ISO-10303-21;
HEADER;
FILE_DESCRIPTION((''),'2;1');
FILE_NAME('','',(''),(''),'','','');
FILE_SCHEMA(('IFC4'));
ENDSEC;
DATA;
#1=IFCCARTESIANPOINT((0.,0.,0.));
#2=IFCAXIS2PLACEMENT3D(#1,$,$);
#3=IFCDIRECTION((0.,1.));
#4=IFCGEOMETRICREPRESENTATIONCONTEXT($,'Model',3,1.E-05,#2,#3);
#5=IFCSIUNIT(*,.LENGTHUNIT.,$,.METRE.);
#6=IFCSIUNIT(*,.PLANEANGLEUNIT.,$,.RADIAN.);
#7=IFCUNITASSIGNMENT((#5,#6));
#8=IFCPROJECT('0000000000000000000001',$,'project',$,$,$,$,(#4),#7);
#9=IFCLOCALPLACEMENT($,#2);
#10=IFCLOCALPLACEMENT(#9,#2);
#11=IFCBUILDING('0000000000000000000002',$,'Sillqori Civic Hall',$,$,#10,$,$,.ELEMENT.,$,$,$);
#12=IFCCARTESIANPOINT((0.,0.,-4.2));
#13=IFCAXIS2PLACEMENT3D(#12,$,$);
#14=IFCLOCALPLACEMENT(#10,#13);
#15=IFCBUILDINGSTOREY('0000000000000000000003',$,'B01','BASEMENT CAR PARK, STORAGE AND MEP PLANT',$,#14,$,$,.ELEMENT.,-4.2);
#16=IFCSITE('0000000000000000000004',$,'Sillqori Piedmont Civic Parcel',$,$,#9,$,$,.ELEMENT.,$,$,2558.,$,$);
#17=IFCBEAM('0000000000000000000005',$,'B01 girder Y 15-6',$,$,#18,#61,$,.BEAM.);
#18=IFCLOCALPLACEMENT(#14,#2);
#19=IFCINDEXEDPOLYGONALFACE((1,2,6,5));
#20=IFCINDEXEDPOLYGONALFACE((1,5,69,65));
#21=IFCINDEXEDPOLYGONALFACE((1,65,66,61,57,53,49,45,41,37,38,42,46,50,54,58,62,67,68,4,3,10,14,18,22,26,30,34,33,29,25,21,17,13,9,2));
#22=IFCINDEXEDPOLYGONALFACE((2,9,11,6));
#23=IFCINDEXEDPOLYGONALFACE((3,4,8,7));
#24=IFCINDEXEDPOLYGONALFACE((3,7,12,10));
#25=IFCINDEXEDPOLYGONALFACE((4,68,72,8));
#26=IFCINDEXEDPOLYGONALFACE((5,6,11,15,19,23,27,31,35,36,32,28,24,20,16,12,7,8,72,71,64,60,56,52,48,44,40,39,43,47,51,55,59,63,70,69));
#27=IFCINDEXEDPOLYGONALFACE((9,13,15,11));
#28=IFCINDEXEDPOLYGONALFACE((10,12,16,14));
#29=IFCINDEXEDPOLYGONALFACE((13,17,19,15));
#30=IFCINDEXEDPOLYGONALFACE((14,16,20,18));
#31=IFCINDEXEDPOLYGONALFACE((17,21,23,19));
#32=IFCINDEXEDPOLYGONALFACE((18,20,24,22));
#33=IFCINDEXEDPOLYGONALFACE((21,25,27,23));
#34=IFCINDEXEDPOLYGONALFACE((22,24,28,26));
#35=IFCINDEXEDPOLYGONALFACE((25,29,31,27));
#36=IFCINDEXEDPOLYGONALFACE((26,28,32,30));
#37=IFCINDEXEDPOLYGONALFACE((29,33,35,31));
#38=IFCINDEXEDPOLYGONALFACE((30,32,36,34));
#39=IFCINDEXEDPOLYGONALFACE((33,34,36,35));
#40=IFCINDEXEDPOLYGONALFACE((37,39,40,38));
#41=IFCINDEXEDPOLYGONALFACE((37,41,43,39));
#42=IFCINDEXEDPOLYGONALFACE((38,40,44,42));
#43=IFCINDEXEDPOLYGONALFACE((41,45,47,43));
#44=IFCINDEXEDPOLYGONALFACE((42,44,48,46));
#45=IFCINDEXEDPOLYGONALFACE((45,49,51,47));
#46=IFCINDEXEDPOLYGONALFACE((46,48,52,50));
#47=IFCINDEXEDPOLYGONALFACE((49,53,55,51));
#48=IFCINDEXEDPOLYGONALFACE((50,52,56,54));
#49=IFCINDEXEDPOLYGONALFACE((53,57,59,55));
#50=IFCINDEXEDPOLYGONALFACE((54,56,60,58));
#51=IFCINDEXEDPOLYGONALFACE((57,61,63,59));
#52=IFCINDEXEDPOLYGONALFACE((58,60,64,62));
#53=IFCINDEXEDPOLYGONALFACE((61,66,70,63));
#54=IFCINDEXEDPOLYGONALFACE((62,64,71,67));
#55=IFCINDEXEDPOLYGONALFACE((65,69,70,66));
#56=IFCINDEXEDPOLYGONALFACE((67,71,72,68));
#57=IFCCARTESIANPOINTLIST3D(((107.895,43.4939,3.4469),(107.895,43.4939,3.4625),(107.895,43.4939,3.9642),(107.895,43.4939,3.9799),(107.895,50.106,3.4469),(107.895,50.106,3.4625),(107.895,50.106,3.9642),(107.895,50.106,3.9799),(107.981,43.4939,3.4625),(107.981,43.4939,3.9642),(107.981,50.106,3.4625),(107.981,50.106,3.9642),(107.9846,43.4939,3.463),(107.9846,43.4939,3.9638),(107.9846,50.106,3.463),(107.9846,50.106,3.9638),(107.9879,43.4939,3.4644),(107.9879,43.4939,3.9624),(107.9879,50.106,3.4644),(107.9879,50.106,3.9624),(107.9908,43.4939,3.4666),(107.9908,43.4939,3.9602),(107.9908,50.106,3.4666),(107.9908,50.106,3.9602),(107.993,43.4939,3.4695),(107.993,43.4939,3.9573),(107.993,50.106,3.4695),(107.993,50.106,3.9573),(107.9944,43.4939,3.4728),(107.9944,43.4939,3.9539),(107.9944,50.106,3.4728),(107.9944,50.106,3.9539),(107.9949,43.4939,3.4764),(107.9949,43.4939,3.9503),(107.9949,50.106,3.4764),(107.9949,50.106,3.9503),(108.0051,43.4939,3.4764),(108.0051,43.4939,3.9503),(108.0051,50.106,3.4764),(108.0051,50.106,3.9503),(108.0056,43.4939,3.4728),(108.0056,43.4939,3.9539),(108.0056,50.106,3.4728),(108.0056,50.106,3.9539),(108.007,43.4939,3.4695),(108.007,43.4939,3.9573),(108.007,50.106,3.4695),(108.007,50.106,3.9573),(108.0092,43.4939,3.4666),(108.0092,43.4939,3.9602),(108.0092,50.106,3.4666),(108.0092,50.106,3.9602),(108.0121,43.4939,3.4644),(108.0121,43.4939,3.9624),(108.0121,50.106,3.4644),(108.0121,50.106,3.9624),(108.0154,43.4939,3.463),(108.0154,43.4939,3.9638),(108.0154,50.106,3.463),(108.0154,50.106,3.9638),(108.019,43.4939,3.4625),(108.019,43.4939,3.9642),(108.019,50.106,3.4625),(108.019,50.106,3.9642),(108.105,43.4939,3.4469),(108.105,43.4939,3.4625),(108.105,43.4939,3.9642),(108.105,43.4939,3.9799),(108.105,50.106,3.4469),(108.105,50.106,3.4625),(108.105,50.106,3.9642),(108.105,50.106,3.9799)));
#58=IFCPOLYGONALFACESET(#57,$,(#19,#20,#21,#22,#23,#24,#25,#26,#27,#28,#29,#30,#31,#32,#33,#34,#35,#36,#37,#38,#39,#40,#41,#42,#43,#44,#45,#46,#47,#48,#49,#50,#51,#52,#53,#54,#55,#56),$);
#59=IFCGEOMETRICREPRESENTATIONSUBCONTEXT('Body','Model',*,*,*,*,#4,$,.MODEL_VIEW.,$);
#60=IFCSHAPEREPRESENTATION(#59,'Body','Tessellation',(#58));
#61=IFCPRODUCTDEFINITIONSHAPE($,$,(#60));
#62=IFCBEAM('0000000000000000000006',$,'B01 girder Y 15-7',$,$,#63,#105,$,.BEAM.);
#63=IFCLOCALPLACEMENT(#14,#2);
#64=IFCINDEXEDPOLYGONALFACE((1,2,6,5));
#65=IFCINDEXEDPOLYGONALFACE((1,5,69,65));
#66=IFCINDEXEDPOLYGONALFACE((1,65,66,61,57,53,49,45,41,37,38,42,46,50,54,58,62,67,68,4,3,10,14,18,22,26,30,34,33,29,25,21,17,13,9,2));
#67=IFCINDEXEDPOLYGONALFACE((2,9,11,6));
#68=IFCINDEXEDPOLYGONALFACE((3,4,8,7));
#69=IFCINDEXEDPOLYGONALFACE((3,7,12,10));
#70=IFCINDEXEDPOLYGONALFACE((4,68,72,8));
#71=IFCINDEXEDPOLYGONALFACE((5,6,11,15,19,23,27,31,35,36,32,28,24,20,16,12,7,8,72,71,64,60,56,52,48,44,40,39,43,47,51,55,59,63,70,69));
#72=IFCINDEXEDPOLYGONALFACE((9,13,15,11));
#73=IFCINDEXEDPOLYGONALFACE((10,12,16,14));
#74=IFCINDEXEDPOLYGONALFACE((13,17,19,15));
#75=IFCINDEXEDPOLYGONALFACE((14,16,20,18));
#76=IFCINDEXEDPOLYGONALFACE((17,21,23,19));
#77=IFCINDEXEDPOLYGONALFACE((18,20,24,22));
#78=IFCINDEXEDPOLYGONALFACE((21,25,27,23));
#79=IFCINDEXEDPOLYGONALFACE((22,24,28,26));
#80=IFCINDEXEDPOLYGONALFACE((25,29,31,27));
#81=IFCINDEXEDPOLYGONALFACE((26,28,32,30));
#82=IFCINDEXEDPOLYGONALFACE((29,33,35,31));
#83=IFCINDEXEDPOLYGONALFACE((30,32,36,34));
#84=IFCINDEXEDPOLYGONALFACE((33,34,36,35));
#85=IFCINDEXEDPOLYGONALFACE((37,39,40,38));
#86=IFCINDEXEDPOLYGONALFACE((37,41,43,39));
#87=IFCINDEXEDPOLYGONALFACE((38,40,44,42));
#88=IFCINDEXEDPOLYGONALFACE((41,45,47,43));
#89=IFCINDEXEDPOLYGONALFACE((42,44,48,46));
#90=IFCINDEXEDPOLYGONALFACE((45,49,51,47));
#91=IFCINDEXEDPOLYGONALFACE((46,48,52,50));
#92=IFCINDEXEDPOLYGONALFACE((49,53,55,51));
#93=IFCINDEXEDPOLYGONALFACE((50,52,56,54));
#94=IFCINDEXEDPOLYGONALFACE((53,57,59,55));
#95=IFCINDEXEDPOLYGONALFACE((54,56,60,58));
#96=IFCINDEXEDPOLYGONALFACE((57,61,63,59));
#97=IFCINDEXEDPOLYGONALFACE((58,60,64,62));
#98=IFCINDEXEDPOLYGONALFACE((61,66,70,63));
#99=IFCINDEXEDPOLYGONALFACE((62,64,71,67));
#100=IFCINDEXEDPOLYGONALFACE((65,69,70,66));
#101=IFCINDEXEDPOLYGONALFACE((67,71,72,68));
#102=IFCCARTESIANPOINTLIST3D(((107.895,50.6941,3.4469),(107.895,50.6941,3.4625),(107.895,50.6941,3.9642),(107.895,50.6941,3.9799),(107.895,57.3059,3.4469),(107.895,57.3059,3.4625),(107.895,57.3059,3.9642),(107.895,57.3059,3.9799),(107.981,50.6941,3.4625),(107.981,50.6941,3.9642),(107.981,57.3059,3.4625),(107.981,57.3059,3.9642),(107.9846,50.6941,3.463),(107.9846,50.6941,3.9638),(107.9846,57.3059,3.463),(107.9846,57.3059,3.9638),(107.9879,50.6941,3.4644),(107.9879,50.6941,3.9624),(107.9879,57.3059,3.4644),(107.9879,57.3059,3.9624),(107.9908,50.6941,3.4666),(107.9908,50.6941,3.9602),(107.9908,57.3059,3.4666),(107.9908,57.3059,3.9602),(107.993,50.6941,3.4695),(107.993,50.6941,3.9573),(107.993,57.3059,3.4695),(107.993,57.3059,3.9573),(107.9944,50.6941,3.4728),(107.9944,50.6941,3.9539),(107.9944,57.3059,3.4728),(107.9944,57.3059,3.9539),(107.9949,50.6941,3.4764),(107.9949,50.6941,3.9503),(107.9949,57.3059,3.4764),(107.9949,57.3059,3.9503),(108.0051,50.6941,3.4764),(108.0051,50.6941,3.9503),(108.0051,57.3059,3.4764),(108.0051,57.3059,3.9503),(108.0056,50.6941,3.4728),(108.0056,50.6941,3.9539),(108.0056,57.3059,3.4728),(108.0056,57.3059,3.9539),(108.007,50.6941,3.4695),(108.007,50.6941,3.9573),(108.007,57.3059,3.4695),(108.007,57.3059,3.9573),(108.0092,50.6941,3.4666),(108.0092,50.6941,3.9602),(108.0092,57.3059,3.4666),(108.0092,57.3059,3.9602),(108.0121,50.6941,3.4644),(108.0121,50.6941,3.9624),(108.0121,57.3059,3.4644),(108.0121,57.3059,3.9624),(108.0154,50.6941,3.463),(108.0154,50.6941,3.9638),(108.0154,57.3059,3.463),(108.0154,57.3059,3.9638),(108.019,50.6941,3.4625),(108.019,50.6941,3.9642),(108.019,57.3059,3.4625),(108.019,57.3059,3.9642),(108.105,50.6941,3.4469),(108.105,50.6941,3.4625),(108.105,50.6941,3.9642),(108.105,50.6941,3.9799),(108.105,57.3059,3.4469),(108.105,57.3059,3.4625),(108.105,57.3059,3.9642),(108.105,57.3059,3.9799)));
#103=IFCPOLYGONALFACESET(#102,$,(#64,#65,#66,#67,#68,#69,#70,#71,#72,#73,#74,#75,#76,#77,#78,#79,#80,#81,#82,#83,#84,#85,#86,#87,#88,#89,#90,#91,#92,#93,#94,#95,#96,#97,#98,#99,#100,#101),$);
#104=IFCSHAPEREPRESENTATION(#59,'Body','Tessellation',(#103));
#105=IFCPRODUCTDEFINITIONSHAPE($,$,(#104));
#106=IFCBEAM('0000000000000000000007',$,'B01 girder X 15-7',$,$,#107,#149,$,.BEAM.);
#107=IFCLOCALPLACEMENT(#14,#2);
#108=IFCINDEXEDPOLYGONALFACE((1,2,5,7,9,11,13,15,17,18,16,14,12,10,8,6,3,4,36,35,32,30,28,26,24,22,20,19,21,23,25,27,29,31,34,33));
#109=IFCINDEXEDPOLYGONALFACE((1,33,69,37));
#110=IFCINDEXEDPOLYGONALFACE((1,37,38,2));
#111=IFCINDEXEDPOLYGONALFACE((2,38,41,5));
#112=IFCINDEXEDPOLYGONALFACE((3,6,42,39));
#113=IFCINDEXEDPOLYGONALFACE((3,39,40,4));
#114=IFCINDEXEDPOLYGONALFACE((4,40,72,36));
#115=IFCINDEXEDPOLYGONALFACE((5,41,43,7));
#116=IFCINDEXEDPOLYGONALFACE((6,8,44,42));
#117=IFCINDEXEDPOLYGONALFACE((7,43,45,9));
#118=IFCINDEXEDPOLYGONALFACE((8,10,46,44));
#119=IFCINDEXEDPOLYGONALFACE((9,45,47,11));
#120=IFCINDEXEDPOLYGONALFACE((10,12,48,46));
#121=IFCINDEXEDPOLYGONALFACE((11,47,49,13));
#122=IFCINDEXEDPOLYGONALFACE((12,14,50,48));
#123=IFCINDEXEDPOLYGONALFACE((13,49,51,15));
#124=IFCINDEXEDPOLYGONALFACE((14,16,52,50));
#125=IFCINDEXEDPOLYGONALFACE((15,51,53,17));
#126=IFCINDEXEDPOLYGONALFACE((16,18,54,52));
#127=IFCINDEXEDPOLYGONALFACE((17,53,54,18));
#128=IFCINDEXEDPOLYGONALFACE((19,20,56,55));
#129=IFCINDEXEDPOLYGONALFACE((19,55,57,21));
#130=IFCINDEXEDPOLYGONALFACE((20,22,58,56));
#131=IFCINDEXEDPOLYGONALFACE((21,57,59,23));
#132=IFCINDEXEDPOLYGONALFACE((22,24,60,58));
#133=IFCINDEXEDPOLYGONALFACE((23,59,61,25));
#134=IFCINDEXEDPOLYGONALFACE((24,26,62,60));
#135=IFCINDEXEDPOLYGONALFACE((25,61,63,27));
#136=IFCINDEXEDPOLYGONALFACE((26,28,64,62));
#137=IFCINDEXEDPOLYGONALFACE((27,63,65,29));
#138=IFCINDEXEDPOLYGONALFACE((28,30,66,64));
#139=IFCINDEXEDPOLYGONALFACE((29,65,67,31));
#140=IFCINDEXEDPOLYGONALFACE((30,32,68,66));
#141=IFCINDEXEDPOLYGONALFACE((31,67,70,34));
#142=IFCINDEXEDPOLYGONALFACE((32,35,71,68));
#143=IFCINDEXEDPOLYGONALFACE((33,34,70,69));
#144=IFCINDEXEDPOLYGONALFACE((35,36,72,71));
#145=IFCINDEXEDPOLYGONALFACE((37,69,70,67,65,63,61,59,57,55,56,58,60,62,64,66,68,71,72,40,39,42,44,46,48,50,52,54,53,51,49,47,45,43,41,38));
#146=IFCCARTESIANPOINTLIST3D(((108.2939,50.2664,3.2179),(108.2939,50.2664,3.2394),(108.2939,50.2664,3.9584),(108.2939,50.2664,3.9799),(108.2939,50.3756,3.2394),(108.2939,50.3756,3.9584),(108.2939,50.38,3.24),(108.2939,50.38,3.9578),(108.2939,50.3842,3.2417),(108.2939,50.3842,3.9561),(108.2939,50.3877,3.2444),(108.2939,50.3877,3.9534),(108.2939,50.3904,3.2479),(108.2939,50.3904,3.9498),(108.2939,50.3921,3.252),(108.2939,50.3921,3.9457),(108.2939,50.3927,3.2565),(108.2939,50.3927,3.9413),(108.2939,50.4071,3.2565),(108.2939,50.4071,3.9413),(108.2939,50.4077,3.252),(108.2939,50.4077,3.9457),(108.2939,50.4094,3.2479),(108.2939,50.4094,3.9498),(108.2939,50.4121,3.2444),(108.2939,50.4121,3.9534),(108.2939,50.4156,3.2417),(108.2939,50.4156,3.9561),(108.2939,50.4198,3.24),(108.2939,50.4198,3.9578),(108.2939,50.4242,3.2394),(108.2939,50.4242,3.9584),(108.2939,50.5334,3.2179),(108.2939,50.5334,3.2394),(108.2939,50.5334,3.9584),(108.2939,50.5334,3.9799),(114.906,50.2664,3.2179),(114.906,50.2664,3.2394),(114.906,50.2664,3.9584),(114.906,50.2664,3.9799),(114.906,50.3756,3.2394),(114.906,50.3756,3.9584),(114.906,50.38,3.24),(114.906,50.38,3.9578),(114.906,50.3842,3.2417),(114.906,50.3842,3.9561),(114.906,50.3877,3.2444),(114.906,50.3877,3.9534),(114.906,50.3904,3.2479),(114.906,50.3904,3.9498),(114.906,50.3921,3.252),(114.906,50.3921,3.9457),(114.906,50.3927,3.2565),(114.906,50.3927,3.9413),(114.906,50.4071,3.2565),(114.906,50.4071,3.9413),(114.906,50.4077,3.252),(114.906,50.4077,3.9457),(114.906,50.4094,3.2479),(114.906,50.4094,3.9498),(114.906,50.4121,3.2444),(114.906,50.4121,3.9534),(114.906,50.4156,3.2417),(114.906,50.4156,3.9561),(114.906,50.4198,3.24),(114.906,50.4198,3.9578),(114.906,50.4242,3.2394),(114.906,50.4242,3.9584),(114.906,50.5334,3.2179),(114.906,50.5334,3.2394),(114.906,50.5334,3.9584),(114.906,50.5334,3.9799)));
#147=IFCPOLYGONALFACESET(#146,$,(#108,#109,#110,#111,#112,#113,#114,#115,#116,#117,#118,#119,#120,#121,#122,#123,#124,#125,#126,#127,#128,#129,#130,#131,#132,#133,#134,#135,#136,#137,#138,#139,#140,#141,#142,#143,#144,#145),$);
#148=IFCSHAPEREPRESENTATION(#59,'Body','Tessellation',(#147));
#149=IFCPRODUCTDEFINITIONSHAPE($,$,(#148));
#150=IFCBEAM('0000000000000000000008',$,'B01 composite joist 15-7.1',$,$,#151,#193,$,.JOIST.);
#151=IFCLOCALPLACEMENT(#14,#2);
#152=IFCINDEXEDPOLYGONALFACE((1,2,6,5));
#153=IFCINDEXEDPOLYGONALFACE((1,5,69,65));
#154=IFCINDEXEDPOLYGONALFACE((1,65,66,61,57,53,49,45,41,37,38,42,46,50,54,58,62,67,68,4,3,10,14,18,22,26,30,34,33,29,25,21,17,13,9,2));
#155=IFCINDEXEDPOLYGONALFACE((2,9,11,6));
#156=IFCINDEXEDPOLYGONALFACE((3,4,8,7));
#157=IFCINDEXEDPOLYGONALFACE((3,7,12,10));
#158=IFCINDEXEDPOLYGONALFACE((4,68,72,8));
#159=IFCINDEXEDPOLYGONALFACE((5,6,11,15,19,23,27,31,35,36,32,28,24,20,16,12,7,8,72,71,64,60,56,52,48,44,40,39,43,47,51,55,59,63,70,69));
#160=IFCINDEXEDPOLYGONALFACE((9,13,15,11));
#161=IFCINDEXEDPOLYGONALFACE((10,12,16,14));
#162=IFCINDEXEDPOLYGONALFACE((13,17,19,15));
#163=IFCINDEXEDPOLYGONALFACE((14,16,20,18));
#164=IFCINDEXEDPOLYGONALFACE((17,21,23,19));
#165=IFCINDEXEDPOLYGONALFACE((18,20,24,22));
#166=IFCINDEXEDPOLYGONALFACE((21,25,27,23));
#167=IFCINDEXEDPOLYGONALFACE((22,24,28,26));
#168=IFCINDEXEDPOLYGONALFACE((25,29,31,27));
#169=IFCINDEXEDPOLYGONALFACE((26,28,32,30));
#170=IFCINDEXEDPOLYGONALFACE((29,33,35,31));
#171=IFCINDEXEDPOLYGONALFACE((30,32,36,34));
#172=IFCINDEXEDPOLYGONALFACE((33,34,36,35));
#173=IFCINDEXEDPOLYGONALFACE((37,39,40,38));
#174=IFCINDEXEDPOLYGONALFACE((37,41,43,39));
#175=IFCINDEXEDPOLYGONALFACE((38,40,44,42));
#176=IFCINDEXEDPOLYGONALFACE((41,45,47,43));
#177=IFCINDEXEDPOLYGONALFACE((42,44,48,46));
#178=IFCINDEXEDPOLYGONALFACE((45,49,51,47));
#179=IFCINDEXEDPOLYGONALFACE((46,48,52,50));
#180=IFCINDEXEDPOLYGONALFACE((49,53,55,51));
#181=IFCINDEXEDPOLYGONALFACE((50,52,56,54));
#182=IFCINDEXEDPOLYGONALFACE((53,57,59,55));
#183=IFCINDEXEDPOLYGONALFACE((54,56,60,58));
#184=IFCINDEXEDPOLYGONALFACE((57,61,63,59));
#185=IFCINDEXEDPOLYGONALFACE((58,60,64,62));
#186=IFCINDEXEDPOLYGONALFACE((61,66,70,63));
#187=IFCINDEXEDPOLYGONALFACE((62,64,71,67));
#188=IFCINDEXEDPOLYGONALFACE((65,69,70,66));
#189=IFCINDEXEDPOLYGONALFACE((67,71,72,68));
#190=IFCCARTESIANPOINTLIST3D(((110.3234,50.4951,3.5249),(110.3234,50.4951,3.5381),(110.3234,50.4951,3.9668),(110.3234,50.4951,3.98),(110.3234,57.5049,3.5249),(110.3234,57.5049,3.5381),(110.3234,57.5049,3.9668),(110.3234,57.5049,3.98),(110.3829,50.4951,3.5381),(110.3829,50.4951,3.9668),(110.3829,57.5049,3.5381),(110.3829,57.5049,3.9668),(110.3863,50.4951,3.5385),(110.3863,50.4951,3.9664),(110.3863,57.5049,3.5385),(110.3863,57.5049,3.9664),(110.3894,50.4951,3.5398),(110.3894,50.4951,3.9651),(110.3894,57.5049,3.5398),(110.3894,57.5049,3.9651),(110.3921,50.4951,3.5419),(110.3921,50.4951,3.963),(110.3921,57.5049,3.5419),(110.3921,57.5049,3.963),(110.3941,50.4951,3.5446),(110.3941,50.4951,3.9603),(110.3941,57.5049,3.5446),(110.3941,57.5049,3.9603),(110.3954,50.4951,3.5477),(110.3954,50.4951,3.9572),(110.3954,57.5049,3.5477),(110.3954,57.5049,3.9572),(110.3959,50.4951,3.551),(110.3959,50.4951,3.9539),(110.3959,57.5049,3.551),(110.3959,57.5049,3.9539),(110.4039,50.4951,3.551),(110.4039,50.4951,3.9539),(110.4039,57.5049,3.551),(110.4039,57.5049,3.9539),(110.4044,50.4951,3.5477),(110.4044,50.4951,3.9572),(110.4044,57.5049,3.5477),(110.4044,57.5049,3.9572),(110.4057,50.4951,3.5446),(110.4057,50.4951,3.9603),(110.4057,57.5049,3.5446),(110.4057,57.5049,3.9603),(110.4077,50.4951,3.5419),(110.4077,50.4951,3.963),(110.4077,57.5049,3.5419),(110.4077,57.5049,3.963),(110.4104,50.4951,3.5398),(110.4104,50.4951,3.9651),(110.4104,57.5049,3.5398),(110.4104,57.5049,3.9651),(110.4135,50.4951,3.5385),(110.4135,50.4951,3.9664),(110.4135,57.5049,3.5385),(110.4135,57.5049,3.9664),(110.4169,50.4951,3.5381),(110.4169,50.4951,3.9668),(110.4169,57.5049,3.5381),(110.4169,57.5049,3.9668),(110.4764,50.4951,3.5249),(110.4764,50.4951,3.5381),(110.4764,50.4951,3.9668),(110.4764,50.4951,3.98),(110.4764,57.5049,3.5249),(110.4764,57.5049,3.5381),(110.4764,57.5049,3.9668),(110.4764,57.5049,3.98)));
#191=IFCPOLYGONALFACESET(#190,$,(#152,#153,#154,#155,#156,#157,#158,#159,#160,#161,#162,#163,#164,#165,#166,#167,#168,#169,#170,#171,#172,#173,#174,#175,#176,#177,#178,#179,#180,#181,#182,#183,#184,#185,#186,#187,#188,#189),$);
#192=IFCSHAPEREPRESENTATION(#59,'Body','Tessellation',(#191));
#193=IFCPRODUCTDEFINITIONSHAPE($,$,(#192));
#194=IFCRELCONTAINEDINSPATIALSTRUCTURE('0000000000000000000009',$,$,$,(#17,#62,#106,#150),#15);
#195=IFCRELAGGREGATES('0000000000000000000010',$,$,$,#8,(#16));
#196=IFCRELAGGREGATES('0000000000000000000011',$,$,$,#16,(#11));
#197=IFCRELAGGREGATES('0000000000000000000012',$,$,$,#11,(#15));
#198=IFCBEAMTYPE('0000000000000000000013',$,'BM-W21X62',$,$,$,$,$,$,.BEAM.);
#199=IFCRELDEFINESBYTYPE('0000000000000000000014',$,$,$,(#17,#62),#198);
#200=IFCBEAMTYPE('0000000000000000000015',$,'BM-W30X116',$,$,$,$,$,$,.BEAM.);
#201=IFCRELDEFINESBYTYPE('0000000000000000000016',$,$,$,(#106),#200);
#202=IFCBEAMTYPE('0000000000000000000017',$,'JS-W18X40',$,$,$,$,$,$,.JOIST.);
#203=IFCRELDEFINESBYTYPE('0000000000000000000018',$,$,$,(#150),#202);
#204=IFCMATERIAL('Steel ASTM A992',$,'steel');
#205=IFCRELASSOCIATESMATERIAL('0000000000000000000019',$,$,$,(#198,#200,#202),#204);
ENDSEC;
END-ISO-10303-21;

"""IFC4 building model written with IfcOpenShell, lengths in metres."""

from ifc_helpers import new_model, si_unit, direction, frame, origin, origin_2d, place, context, subcontext, project, spatial, i_section, extrude, material, material_profile, profile_set, type_object, element, save


model = new_model("IFC4")

# Units and contexts
model_context = context("Model", 3, precision=1e-05, world=origin(), true_north=direction((0.0, 1.0)))
body_context = subcontext(model_context, "Body", "Model", "MODEL_VIEW")
ifc_project = project(units=[si_unit("LENGTHUNIT", "METRE"), si_unit("PLANEANGLEUNIT", "RADIAN")], contexts=[model_context])

# Site, building, storey
site_placement = place(None, origin())
site = spatial("IfcSite", under=ifc_project, at=site_placement, Name="Sillqori Piedmont Civic Parcel", CompositionType="ELEMENT", RefElevation=2558.0)
building_placement = place(site_placement, origin())
building = spatial("IfcBuilding", under=site, at=building_placement, Name="Sillqori Civic Hall", CompositionType="ELEMENT")
storey_placement = place(building_placement, frame((0.0, 0.0, -4.2)))
storey = spatial("IfcBuildingStorey", under=building, at=storey_placement, Name="B01", Description="BASEMENT CAR PARK, STORAGE AND MEP PLANT", CompositionType="ELEMENT", Elevation=-4.2)

# Beams
ifc_material_1 = material(Name="Steel ASTM A992", Category="steel")
ifc_material_profile_1 = material_profile(ifc_material_1, i_section(OverallWidth=0.21, OverallDepth=0.533, WebThickness=0.0103, FlangeThickness=0.0156, FilletRadius=0.0139, at=origin_2d()), Name="W21X62")
ifc_profile_set_1 = profile_set([ifc_material_profile_1], Name="Steel ASTM A992")
beam_type_1 = type_object("IfcBeamType", Name="BM-W21X62", PredefinedType="BEAM", material=ifc_profile_set_1)
beam_1_placement = place(storey_placement, frame((108.0, 43.4939, 3.7134), z_axis=(0.0, 1.0, 0.0), x_axis=(-1.0, 0.0, 0.0)))
element("IfcBeam", 1, at=beam_1_placement, inside=storey, type_object=beam_type_1, Name="B01 girder Y 15-6", PredefinedType="BEAM", context=body_context, shape_type="SweptSolid", body=[
    extrude(i_section(OverallWidth=0.21, OverallDepth=0.533, WebThickness=0.0103, FlangeThickness=0.0156, FilletRadius=0.0139, at=origin_2d()), origin(), (0.0, 0.0, 1.0), 6.6121),
])
beam_2_placement = place(storey_placement, frame((108.0, 50.6941, 3.7134), z_axis=(0.0, 1.0, 0.0), x_axis=(-1.0, 0.0, 0.0)))
element("IfcBeam", 2, at=beam_2_placement, inside=storey, type_object=beam_type_1, Name="B01 girder Y 15-7", PredefinedType="BEAM", context=body_context, shape_type="SweptSolid", body=[
    extrude(i_section(OverallWidth=0.21, OverallDepth=0.533, WebThickness=0.0103, FlangeThickness=0.0156, FilletRadius=0.0139, at=origin_2d()), origin(), (0.0, 0.0, 1.0), 6.6118),
])
ifc_material_profile_2 = material_profile(ifc_material_1, i_section(OverallWidth=0.2671, OverallDepth=0.762, WebThickness=0.0144, FlangeThickness=0.0215, FilletRadius=0.0171, at=origin_2d()), Name="W30X116")
ifc_profile_set_2 = profile_set([ifc_material_profile_2], Name="Steel ASTM A992")
beam_type_2 = type_object("IfcBeamType", Name="BM-W30X116", PredefinedType="BEAM", material=ifc_profile_set_2)
beam_3_placement = place(storey_placement, frame((108.2939, 50.3999, 3.5989), z_axis=(1.0, 0.0, 0.0), x_axis=(0.0, 1.0, 0.0)))
element("IfcBeam", 3, at=beam_3_placement, inside=storey, type_object=beam_type_2, Name="B01 girder X 15-7", PredefinedType="BEAM", context=body_context, shape_type="SweptSolid", body=[
    extrude(i_section(OverallWidth=0.2671, OverallDepth=0.762, WebThickness=0.0144, FlangeThickness=0.0215, FilletRadius=0.0171, at=origin_2d()), origin(), (0.0, 0.0, 1.0), 6.6121),
])
ifc_material_profile_3 = material_profile(ifc_material_1, i_section(OverallWidth=0.1531, OverallDepth=0.4551, WebThickness=0.0081, FlangeThickness=0.0132, FilletRadius=0.0129, at=origin_2d()), Name="W18X40")
ifc_profile_set_3 = profile_set([ifc_material_profile_3], Name="Steel ASTM A992")
beam_type_3 = type_object("IfcBeamType", Name="JS-W18X40", PredefinedType="JOIST", material=ifc_profile_set_3)
beam_4_placement = place(storey_placement, frame((110.3999, 50.4951, 3.7524), z_axis=(0.0, 1.0, 0.0), x_axis=(-1.0, 0.0, 0.0)))
element("IfcBeam", 4, at=beam_4_placement, inside=storey, type_object=beam_type_3, Name="B01 composite joist 15-7.1", PredefinedType="JOIST", context=body_context, shape_type="SweptSolid", body=[
    extrude(i_section(OverallWidth=0.1531, OverallDepth=0.4551, WebThickness=0.0081, FlangeThickness=0.0132, FilletRadius=0.0129, at=origin_2d()), origin(), (0.0, 0.0, 1.0), 7.0098),
])

save(model, "model.ifc")
